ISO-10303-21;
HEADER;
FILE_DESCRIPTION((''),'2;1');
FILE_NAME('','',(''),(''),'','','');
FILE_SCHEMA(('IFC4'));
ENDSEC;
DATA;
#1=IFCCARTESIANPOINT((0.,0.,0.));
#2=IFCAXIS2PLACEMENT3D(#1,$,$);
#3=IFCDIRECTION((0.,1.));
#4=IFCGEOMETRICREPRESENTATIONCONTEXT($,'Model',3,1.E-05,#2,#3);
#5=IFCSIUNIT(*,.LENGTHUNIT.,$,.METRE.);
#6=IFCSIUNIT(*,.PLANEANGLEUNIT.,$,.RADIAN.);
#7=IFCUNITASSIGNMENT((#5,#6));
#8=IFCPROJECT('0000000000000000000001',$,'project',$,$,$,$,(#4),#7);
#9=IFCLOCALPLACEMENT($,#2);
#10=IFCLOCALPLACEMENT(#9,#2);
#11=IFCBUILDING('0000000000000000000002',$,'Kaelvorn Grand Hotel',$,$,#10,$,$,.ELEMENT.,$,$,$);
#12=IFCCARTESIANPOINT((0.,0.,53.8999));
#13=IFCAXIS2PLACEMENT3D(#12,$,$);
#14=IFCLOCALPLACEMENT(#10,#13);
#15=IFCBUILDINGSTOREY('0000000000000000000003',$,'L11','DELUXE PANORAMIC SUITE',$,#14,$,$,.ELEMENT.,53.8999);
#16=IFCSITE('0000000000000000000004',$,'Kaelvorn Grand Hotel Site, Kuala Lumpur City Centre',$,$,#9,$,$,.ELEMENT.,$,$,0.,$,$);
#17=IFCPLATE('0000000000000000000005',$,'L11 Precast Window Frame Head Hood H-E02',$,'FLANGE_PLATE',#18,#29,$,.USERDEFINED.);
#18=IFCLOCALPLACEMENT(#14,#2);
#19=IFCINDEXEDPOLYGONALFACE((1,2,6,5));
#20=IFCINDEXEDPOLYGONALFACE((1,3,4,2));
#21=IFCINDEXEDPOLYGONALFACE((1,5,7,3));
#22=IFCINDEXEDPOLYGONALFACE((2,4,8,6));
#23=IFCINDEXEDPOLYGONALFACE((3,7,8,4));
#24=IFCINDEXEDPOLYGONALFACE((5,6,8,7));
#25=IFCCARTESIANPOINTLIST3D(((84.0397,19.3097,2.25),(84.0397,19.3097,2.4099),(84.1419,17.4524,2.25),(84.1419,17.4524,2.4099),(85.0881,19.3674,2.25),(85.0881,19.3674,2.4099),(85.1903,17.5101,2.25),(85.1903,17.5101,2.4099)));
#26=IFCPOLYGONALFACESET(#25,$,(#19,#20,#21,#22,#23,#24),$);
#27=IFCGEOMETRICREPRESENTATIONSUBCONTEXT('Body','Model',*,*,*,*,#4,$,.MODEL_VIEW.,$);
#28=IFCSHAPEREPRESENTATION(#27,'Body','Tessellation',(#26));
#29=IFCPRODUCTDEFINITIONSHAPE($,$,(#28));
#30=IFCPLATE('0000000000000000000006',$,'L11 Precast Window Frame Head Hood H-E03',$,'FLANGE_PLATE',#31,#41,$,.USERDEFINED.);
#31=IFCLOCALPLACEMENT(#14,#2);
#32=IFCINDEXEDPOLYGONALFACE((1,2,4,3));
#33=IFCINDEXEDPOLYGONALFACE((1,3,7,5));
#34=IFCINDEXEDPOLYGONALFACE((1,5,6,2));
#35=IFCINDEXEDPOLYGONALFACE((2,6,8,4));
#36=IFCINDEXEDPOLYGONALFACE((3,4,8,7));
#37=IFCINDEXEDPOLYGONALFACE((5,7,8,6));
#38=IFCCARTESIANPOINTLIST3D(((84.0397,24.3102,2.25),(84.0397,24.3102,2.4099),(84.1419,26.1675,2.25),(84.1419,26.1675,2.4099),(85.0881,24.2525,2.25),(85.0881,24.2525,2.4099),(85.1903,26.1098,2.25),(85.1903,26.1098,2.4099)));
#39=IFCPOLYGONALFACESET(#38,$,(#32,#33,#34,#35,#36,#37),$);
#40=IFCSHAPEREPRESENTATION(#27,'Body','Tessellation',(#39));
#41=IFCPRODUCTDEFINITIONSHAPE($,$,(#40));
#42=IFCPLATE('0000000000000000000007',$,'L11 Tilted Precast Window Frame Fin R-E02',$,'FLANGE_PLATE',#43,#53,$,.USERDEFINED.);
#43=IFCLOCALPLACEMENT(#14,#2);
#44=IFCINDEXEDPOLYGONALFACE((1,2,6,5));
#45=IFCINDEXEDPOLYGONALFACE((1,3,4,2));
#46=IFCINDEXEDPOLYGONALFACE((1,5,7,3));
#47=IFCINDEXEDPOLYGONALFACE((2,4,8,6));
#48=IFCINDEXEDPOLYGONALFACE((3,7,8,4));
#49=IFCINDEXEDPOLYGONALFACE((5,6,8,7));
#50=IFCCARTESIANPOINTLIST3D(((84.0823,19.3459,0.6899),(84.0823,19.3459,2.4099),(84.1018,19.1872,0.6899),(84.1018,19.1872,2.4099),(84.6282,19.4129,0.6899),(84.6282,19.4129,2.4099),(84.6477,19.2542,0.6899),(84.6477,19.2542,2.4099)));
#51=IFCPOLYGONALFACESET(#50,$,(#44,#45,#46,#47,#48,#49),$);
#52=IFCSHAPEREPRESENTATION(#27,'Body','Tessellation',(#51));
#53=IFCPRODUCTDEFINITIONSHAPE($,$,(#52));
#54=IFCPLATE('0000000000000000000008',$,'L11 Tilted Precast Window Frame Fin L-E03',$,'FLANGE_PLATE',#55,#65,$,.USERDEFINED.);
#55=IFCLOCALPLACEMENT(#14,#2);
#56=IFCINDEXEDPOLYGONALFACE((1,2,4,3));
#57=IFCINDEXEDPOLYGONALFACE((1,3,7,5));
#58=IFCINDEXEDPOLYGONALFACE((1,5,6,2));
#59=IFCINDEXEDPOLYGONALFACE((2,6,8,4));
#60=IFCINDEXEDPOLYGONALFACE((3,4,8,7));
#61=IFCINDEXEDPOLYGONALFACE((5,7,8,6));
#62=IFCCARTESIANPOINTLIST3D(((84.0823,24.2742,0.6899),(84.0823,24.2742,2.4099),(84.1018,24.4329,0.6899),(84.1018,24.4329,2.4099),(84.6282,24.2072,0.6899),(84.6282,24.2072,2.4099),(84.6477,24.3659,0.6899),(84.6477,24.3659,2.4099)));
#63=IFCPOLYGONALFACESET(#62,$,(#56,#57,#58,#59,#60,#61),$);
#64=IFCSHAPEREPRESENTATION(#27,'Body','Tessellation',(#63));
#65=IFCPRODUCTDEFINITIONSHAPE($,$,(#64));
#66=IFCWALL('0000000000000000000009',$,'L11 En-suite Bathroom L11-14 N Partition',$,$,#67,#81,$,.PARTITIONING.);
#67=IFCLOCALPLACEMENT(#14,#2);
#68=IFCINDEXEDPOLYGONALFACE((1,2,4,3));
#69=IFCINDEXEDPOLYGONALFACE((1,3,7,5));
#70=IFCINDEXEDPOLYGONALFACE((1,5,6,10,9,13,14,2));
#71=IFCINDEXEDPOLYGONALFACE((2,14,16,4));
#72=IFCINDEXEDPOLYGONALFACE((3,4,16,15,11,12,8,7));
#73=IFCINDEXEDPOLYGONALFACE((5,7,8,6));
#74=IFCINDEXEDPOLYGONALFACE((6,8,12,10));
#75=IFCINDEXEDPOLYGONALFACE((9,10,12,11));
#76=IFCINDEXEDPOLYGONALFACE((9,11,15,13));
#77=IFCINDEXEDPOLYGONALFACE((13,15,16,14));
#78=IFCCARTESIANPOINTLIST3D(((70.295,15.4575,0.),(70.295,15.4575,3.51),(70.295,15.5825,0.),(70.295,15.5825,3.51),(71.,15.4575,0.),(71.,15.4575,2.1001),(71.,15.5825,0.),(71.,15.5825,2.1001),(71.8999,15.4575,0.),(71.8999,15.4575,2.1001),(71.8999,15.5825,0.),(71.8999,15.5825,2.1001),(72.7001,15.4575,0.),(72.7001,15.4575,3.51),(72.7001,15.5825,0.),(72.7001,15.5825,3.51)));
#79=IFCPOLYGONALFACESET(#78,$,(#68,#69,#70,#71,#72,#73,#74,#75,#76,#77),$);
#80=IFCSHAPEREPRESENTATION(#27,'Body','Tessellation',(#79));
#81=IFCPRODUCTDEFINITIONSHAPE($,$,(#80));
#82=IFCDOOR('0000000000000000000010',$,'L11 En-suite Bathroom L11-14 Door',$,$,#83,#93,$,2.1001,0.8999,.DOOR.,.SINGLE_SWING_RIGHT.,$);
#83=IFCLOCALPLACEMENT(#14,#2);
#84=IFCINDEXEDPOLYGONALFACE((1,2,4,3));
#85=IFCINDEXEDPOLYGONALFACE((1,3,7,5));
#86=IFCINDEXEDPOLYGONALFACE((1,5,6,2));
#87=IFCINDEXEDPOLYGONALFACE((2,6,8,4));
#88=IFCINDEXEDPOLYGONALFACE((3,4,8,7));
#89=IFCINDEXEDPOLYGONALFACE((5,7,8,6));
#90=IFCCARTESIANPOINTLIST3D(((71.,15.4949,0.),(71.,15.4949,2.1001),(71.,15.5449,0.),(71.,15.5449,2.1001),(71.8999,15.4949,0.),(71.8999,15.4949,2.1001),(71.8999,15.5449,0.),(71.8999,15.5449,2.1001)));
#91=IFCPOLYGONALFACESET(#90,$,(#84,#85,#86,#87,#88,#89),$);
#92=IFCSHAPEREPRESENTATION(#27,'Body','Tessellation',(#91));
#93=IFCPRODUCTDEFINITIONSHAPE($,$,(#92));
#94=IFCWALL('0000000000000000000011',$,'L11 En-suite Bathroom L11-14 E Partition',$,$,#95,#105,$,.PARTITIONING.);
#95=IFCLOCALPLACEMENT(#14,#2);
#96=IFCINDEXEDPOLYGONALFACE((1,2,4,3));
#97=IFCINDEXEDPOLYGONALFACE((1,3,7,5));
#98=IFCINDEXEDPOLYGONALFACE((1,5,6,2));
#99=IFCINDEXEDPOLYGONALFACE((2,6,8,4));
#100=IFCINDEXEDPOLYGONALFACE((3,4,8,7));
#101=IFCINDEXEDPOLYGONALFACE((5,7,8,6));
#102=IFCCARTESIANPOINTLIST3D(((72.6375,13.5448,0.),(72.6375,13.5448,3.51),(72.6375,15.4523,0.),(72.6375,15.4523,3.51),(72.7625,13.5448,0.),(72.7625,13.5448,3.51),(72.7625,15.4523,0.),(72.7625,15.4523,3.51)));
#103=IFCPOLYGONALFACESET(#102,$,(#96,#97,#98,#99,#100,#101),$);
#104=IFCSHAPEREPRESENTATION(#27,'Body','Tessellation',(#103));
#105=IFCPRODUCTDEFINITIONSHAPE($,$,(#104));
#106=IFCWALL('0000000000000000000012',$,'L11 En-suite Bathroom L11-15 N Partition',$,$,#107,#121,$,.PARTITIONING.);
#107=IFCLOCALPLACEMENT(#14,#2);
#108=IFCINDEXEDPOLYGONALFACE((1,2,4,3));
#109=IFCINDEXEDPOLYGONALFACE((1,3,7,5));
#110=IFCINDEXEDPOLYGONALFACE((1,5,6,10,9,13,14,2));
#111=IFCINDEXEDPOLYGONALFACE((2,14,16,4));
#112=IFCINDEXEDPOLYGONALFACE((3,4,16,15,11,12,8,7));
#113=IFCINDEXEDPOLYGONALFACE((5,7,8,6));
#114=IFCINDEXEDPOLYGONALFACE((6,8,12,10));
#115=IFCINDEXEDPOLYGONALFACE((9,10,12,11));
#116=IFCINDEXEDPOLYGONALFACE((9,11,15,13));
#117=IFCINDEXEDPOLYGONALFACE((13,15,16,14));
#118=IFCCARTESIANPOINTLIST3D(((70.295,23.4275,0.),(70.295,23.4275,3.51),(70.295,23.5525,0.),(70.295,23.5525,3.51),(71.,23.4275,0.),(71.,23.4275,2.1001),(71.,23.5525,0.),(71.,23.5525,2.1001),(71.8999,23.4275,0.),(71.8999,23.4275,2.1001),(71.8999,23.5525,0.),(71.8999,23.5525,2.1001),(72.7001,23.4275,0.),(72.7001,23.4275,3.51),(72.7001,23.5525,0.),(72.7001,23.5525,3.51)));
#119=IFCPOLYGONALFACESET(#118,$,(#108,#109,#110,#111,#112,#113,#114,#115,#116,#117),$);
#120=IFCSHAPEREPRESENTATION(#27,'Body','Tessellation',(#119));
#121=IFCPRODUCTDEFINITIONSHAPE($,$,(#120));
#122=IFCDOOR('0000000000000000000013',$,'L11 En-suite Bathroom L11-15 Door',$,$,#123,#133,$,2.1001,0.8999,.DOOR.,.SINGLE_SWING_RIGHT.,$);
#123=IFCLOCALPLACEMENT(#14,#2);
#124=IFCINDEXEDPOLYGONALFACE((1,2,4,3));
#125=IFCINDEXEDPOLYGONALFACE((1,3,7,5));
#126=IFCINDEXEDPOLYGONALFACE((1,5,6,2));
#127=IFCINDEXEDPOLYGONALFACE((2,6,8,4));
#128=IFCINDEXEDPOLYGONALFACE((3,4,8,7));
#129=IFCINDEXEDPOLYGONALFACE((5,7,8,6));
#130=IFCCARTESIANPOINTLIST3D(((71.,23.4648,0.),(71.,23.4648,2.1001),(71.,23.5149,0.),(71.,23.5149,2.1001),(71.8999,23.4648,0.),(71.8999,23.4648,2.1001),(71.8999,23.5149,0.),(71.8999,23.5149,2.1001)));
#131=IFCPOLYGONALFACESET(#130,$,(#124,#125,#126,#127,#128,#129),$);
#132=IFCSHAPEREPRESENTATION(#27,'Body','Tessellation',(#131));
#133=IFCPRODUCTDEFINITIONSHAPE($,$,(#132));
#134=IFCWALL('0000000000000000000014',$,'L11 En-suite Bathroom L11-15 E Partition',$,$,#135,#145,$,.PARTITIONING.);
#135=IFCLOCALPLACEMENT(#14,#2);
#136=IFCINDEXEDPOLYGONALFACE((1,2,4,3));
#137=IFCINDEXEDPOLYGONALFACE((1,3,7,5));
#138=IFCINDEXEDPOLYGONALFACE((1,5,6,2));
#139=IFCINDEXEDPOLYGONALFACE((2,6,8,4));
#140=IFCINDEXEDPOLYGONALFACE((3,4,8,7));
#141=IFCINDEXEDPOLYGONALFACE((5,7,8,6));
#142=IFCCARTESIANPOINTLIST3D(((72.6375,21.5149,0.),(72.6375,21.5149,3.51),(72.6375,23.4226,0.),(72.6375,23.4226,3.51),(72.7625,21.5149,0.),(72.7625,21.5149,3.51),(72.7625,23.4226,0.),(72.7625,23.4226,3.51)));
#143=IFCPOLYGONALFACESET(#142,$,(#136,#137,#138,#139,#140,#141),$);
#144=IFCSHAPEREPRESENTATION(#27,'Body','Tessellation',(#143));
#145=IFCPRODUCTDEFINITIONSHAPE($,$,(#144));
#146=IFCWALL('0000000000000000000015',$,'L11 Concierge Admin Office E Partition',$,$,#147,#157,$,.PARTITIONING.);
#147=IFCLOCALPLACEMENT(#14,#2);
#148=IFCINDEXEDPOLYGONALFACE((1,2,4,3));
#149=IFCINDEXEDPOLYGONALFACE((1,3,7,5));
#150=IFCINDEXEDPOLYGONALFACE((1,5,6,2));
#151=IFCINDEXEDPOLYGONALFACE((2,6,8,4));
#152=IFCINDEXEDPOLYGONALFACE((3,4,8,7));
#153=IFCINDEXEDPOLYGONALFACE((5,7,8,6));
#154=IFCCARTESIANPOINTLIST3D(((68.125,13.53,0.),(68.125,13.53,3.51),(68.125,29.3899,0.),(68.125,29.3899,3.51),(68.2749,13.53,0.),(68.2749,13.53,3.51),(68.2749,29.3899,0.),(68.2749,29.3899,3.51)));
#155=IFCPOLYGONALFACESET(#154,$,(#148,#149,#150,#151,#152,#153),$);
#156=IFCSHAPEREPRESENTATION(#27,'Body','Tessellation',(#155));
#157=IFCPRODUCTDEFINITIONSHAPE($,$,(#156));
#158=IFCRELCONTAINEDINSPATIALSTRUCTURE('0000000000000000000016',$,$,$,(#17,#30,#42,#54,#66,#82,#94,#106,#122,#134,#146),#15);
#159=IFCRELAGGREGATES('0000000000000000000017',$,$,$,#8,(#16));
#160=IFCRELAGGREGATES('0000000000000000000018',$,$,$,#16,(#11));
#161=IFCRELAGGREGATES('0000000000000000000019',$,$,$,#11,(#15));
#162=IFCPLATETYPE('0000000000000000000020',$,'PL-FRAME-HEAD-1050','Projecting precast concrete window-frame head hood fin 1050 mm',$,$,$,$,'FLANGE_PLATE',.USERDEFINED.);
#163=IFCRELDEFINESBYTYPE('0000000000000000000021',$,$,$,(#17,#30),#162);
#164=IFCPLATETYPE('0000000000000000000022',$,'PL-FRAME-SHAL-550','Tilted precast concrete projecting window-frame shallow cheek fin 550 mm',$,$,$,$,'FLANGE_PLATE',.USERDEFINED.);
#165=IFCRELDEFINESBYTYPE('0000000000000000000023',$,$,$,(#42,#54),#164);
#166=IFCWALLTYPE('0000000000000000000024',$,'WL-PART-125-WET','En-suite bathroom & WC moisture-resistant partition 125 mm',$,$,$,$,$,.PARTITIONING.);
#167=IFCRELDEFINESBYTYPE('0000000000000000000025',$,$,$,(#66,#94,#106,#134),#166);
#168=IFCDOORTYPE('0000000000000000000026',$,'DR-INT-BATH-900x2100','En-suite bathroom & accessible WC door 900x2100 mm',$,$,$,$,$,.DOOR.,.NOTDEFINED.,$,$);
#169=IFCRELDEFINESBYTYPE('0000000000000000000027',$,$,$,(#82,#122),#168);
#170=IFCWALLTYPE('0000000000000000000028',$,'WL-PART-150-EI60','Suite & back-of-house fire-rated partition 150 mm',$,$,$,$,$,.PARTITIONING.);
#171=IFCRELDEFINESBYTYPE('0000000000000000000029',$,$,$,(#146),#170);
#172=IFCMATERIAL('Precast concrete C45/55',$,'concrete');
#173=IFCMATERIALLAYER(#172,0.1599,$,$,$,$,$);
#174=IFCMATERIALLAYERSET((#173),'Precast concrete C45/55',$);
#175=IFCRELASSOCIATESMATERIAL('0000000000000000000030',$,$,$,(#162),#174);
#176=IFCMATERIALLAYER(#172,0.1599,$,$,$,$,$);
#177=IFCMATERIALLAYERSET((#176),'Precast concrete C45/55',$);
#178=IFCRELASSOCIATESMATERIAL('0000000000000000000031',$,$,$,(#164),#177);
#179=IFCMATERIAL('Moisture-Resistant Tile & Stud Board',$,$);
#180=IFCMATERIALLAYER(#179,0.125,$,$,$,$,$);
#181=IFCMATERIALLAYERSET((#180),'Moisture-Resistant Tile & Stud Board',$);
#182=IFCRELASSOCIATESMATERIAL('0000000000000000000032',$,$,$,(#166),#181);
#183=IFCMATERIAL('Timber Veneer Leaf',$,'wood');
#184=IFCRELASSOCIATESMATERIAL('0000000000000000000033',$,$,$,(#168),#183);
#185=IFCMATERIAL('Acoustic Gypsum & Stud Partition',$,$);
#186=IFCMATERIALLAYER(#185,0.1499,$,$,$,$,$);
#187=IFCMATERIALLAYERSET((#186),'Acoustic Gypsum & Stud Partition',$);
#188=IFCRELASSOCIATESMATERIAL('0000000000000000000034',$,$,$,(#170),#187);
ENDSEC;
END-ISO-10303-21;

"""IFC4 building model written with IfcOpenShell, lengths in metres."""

from ifc_helpers import new_model, si_unit, direction, frame, frame_2d, origin, origin_2d, place, context, subcontext, project, spatial, rectangle, extrude, material, layer, layer_set, type_object, element, fill, save


model = new_model("IFC4")

# Units and contexts
model_context = context("Model", 3, precision=1e-05, world=origin(), true_north=direction((0.0, 1.0)))
body_context = subcontext(model_context, "Body", "Model", "MODEL_VIEW")
ifc_project = project(units=[si_unit("LENGTHUNIT", "METRE"), si_unit("PLANEANGLEUNIT", "RADIAN")], contexts=[model_context])

# Site, building, storey
site_placement = place(None, origin())
site = spatial("IfcSite", under=ifc_project, at=site_placement, Name="Kaelvorn Grand Hotel Site, Kuala Lumpur City Centre", CompositionType="ELEMENT", RefElevation=0.0)
building_placement = place(site_placement, origin())
building = spatial("IfcBuilding", under=site, at=building_placement, Name="Kaelvorn Grand Hotel", CompositionType="ELEMENT")
storey_placement = place(building_placement, frame((0.0, 0.0, 53.8999)))
storey = spatial("IfcBuildingStorey", under=building, at=storey_placement, Name="L11", Description="DELUXE PANORAMIC SUITE", CompositionType="ELEMENT", Elevation=53.8999)

# Plates
ifc_material_1 = material(Name="Precast concrete C45/55", Category="concrete")
ifc_layer_1 = layer(ifc_material_1, 0.1599)
ifc_layer_set_1 = layer_set([ifc_layer_1], Name="Precast concrete C45/55")
plate_type_1 = type_object("IfcPlateType", Name="PL-FRAME-HEAD-1050", Description="Projecting precast concrete window-frame head hood fin 1050 mm", ElementType="FLANGE_PLATE", PredefinedType="USERDEFINED", material=ifc_layer_set_1)
for number, where, z_axis, x_axis, name in (
    (1, (84.615, 18.4099, 2.25), (0.0, 0.0, 1.0), (-0.05495, 0.998489, 0.0), "L11 Precast Window Frame Head Hood H-E02"),
    (2, (84.615, 25.21, 2.25), (0.0, 0.0, 1.0), (0.05495, 0.998489, 0.0), "L11 Precast Window Frame Head Hood H-E03"),
):
    element("IfcPlate", number, at=place(storey_placement, frame(where, z_axis=z_axis, x_axis=x_axis)), inside=storey, type_object=plate_type_1, Name=name, ObjectType="FLANGE_PLATE", PredefinedType="USERDEFINED", context=body_context, shape_type="SweptSolid", body=[
        extrude(rectangle(XDim=1.8601, YDim=1.05, at=origin_2d()), origin(), (0.0, 0.0, 1.0), 0.1599),
    ])
ifc_layer_2 = layer(ifc_material_1, 0.1599)
ifc_layer_set_2 = layer_set([ifc_layer_2], Name="Precast concrete C45/55")
plate_type_2 = type_object("IfcPlateType", Name="PL-FRAME-SHAL-550", Description="Tilted precast concrete projecting window-frame shallow cheek fin 550 mm", ElementType="FLANGE_PLATE", PredefinedType="USERDEFINED", material=ifc_layer_set_2)
for number, where, z_axis, x_axis, name in (
    (3, (84.365, 19.3, 0.6899), (0.0, 0.0, 1.0), (-0.121869, 0.992546, 0.0), "L11 Tilted Precast Window Frame Fin R-E02"),
    (4, (84.365, 24.3201, 0.6899), (0.0, 0.0, 1.0), (0.121869, 0.992546, 0.0), "L11 Tilted Precast Window Frame Fin L-E03"),
):
    element("IfcPlate", number, at=place(storey_placement, frame(where, z_axis=z_axis, x_axis=x_axis)), inside=storey, type_object=plate_type_2, Name=name, ObjectType="FLANGE_PLATE", PredefinedType="USERDEFINED", context=body_context, shape_type="SweptSolid", body=[
        extrude(rectangle(XDim=0.1599, YDim=0.55, at=origin_2d()), origin(), (0.0, 0.0, 1.0), 1.72),
    ])

# Wall, opening, door
ifc_material_2 = material(Name="Moisture-Resistant Tile & Stud Board")
ifc_layer_3 = layer(ifc_material_2, 0.125)
ifc_layer_set_3 = layer_set([ifc_layer_3], Name="Moisture-Resistant Tile & Stud Board")
wall_type_1 = type_object("IfcWallType", Name="WL-PART-125-WET", Description="En-suite bathroom & WC moisture-resistant partition 125 mm", PredefinedType="PARTITIONING", material=ifc_layer_set_3)
wall_1_placement = place(storey_placement, frame((70.2949, 15.52, 0.0), z_axis=(0.0, 0.0, 1.0), x_axis=(1.0, 0.0, 0.0)))
wall_1 = element("IfcWall", 5, at=wall_1_placement, inside=storey, type_object=wall_type_1, Name="L11 En-suite Bathroom L11-14 N Partition", PredefinedType="PARTITIONING", context=body_context, shape_type="SweptSolid", body=[
    extrude(rectangle(XDim=2.405, YDim=0.125, at=frame_2d((1.2026, 0.0))), origin(), (0.0, 0.0, 1.0), 3.51),
])
opening_1_placement = place(wall_1_placement, frame((0.7051, 0.0, 0.0)))
opening_1 = element("IfcOpeningElement", 6, at=opening_1_placement, cuts=wall_1, PredefinedType="OPENING", context=body_context, shape_type="SweptSolid", body=[
    extrude(rectangle(XDim=0.8999, YDim=2.1001, at=frame_2d((0.45, 1.05))), frame((0.0, 0.0725, 0.0), z_axis=(0.0, -1.0, 0.0), x_axis=(1.0, 0.0, 0.0)), (0.0, 0.0, 1.0), 0.145),
])
ifc_material_3 = material(Name="Timber Veneer Leaf", Category="wood")
door_type_1 = type_object("IfcDoorType", Name="DR-INT-BATH-900x2100", Description="En-suite bathroom & accessible WC door 900x2100 mm", OperationType="NOTDEFINED", PredefinedType="DOOR", material=ifc_material_3)
door_1_placement = place(opening_1_placement, origin())
door_1 = element("IfcDoor", 7, at=door_1_placement, inside=storey, type_object=door_type_1, Name="L11 En-suite Bathroom L11-14 Door", OperationType="SINGLE_SWING_RIGHT", OverallHeight=2.1001, OverallWidth=0.8999, PredefinedType="DOOR", context=body_context, shape_type="SweptSolid", body=[
    extrude(rectangle(XDim=0.8999, YDim=2.1001, at=frame_2d((0.45, 1.05))), frame((0.0, 0.0249, 0.0), z_axis=(0.0, -1.0, 0.0), x_axis=(1.0, 0.0, 0.0)), (0.0, 0.0, 1.0), 0.05),
])
fill(opening_1, door_1)

# Wall
wall_2_placement = place(storey_placement, frame((72.7, 13.5449, 0.0), z_axis=(0.0, 0.0, 1.0), x_axis=(0.0, 1.0, 0.0)))
element("IfcWall", 8, at=wall_2_placement, inside=storey, type_object=wall_type_1, Name="L11 En-suite Bathroom L11-14 E Partition", PredefinedType="PARTITIONING", context=body_context, shape_type="SweptSolid", body=[
    extrude(rectangle(XDim=1.9075, YDim=0.125, at=frame_2d((0.9536, 0.0))), origin(), (0.0, 0.0, 1.0), 3.51),
])

# Wall, opening, door
wall_3_placement = place(storey_placement, frame((70.2949, 23.49, 0.0), z_axis=(0.0, 0.0, 1.0), x_axis=(1.0, 0.0, 0.0)))
wall_3 = element("IfcWall", 9, at=wall_3_placement, inside=storey, type_object=wall_type_1, Name="L11 En-suite Bathroom L11-15 N Partition", PredefinedType="PARTITIONING", context=body_context, shape_type="SweptSolid", body=[
    extrude(rectangle(XDim=2.405, YDim=0.125, at=frame_2d((1.2026, 0.0))), origin(), (0.0, 0.0, 1.0), 3.51),
])
opening_2_placement = place(wall_3_placement, frame((0.7051, 0.0, 0.0)))
opening_2 = element("IfcOpeningElement", 10, at=opening_2_placement, cuts=wall_3, PredefinedType="OPENING", context=body_context, shape_type="SweptSolid", body=[
    extrude(rectangle(XDim=0.8999, YDim=2.1001, at=frame_2d((0.45, 1.05))), frame((0.0, 0.0725, 0.0), z_axis=(0.0, -1.0, 0.0), x_axis=(1.0, 0.0, 0.0)), (0.0, 0.0, 1.0), 0.145),
])
door_2_placement = place(opening_2_placement, origin())
door_2 = element("IfcDoor", 11, at=door_2_placement, inside=storey, type_object=door_type_1, Name="L11 En-suite Bathroom L11-15 Door", OperationType="SINGLE_SWING_RIGHT", OverallHeight=2.1001, OverallWidth=0.8999, PredefinedType="DOOR", context=body_context, shape_type="SweptSolid", body=[
    extrude(rectangle(XDim=0.8999, YDim=2.1001, at=frame_2d((0.45, 1.05))), frame((0.0, 0.0249, 0.0), z_axis=(0.0, -1.0, 0.0), x_axis=(1.0, 0.0, 0.0)), (0.0, 0.0, 1.0), 0.05),
])
fill(opening_2, door_2)

# Walls
wall_4_placement = place(storey_placement, frame((72.7, 21.5149, 0.0), z_axis=(0.0, 0.0, 1.0), x_axis=(0.0, 1.0, 0.0)))
element("IfcWall", 12, at=wall_4_placement, inside=storey, type_object=wall_type_1, Name="L11 En-suite Bathroom L11-15 E Partition", PredefinedType="PARTITIONING", context=body_context, shape_type="SweptSolid", body=[
    extrude(rectangle(XDim=1.9077, YDim=0.125, at=frame_2d((0.9539, 0.0))), origin(), (0.0, 0.0, 1.0), 3.51),
])
ifc_material_4 = material(Name="Acoustic Gypsum & Stud Partition")
ifc_layer_4 = layer(ifc_material_4, 0.1499)
ifc_layer_set_4 = layer_set([ifc_layer_4], Name="Acoustic Gypsum & Stud Partition")
wall_type_2 = type_object("IfcWallType", Name="WL-PART-150-EI60", Description="Suite & back-of-house fire-rated partition 150 mm", PredefinedType="PARTITIONING", material=ifc_layer_set_4)
wall_5_placement = place(storey_placement, frame((68.2, 13.53, 0.0), z_axis=(0.0, 0.0, 1.0), x_axis=(0.0, 1.0, 0.0)))
element("IfcWall", 13, at=wall_5_placement, inside=storey, type_object=wall_type_2, Name="L11 Concierge Admin Office E Partition", PredefinedType="PARTITIONING", context=body_context, shape_type="SweptSolid", body=[
    extrude(rectangle(XDim=15.8599, YDim=0.1499, at=frame_2d((7.9299, 0.0))), origin(), (0.0, 0.0, 1.0), 3.51),
])

save(model, "model.ifc")
